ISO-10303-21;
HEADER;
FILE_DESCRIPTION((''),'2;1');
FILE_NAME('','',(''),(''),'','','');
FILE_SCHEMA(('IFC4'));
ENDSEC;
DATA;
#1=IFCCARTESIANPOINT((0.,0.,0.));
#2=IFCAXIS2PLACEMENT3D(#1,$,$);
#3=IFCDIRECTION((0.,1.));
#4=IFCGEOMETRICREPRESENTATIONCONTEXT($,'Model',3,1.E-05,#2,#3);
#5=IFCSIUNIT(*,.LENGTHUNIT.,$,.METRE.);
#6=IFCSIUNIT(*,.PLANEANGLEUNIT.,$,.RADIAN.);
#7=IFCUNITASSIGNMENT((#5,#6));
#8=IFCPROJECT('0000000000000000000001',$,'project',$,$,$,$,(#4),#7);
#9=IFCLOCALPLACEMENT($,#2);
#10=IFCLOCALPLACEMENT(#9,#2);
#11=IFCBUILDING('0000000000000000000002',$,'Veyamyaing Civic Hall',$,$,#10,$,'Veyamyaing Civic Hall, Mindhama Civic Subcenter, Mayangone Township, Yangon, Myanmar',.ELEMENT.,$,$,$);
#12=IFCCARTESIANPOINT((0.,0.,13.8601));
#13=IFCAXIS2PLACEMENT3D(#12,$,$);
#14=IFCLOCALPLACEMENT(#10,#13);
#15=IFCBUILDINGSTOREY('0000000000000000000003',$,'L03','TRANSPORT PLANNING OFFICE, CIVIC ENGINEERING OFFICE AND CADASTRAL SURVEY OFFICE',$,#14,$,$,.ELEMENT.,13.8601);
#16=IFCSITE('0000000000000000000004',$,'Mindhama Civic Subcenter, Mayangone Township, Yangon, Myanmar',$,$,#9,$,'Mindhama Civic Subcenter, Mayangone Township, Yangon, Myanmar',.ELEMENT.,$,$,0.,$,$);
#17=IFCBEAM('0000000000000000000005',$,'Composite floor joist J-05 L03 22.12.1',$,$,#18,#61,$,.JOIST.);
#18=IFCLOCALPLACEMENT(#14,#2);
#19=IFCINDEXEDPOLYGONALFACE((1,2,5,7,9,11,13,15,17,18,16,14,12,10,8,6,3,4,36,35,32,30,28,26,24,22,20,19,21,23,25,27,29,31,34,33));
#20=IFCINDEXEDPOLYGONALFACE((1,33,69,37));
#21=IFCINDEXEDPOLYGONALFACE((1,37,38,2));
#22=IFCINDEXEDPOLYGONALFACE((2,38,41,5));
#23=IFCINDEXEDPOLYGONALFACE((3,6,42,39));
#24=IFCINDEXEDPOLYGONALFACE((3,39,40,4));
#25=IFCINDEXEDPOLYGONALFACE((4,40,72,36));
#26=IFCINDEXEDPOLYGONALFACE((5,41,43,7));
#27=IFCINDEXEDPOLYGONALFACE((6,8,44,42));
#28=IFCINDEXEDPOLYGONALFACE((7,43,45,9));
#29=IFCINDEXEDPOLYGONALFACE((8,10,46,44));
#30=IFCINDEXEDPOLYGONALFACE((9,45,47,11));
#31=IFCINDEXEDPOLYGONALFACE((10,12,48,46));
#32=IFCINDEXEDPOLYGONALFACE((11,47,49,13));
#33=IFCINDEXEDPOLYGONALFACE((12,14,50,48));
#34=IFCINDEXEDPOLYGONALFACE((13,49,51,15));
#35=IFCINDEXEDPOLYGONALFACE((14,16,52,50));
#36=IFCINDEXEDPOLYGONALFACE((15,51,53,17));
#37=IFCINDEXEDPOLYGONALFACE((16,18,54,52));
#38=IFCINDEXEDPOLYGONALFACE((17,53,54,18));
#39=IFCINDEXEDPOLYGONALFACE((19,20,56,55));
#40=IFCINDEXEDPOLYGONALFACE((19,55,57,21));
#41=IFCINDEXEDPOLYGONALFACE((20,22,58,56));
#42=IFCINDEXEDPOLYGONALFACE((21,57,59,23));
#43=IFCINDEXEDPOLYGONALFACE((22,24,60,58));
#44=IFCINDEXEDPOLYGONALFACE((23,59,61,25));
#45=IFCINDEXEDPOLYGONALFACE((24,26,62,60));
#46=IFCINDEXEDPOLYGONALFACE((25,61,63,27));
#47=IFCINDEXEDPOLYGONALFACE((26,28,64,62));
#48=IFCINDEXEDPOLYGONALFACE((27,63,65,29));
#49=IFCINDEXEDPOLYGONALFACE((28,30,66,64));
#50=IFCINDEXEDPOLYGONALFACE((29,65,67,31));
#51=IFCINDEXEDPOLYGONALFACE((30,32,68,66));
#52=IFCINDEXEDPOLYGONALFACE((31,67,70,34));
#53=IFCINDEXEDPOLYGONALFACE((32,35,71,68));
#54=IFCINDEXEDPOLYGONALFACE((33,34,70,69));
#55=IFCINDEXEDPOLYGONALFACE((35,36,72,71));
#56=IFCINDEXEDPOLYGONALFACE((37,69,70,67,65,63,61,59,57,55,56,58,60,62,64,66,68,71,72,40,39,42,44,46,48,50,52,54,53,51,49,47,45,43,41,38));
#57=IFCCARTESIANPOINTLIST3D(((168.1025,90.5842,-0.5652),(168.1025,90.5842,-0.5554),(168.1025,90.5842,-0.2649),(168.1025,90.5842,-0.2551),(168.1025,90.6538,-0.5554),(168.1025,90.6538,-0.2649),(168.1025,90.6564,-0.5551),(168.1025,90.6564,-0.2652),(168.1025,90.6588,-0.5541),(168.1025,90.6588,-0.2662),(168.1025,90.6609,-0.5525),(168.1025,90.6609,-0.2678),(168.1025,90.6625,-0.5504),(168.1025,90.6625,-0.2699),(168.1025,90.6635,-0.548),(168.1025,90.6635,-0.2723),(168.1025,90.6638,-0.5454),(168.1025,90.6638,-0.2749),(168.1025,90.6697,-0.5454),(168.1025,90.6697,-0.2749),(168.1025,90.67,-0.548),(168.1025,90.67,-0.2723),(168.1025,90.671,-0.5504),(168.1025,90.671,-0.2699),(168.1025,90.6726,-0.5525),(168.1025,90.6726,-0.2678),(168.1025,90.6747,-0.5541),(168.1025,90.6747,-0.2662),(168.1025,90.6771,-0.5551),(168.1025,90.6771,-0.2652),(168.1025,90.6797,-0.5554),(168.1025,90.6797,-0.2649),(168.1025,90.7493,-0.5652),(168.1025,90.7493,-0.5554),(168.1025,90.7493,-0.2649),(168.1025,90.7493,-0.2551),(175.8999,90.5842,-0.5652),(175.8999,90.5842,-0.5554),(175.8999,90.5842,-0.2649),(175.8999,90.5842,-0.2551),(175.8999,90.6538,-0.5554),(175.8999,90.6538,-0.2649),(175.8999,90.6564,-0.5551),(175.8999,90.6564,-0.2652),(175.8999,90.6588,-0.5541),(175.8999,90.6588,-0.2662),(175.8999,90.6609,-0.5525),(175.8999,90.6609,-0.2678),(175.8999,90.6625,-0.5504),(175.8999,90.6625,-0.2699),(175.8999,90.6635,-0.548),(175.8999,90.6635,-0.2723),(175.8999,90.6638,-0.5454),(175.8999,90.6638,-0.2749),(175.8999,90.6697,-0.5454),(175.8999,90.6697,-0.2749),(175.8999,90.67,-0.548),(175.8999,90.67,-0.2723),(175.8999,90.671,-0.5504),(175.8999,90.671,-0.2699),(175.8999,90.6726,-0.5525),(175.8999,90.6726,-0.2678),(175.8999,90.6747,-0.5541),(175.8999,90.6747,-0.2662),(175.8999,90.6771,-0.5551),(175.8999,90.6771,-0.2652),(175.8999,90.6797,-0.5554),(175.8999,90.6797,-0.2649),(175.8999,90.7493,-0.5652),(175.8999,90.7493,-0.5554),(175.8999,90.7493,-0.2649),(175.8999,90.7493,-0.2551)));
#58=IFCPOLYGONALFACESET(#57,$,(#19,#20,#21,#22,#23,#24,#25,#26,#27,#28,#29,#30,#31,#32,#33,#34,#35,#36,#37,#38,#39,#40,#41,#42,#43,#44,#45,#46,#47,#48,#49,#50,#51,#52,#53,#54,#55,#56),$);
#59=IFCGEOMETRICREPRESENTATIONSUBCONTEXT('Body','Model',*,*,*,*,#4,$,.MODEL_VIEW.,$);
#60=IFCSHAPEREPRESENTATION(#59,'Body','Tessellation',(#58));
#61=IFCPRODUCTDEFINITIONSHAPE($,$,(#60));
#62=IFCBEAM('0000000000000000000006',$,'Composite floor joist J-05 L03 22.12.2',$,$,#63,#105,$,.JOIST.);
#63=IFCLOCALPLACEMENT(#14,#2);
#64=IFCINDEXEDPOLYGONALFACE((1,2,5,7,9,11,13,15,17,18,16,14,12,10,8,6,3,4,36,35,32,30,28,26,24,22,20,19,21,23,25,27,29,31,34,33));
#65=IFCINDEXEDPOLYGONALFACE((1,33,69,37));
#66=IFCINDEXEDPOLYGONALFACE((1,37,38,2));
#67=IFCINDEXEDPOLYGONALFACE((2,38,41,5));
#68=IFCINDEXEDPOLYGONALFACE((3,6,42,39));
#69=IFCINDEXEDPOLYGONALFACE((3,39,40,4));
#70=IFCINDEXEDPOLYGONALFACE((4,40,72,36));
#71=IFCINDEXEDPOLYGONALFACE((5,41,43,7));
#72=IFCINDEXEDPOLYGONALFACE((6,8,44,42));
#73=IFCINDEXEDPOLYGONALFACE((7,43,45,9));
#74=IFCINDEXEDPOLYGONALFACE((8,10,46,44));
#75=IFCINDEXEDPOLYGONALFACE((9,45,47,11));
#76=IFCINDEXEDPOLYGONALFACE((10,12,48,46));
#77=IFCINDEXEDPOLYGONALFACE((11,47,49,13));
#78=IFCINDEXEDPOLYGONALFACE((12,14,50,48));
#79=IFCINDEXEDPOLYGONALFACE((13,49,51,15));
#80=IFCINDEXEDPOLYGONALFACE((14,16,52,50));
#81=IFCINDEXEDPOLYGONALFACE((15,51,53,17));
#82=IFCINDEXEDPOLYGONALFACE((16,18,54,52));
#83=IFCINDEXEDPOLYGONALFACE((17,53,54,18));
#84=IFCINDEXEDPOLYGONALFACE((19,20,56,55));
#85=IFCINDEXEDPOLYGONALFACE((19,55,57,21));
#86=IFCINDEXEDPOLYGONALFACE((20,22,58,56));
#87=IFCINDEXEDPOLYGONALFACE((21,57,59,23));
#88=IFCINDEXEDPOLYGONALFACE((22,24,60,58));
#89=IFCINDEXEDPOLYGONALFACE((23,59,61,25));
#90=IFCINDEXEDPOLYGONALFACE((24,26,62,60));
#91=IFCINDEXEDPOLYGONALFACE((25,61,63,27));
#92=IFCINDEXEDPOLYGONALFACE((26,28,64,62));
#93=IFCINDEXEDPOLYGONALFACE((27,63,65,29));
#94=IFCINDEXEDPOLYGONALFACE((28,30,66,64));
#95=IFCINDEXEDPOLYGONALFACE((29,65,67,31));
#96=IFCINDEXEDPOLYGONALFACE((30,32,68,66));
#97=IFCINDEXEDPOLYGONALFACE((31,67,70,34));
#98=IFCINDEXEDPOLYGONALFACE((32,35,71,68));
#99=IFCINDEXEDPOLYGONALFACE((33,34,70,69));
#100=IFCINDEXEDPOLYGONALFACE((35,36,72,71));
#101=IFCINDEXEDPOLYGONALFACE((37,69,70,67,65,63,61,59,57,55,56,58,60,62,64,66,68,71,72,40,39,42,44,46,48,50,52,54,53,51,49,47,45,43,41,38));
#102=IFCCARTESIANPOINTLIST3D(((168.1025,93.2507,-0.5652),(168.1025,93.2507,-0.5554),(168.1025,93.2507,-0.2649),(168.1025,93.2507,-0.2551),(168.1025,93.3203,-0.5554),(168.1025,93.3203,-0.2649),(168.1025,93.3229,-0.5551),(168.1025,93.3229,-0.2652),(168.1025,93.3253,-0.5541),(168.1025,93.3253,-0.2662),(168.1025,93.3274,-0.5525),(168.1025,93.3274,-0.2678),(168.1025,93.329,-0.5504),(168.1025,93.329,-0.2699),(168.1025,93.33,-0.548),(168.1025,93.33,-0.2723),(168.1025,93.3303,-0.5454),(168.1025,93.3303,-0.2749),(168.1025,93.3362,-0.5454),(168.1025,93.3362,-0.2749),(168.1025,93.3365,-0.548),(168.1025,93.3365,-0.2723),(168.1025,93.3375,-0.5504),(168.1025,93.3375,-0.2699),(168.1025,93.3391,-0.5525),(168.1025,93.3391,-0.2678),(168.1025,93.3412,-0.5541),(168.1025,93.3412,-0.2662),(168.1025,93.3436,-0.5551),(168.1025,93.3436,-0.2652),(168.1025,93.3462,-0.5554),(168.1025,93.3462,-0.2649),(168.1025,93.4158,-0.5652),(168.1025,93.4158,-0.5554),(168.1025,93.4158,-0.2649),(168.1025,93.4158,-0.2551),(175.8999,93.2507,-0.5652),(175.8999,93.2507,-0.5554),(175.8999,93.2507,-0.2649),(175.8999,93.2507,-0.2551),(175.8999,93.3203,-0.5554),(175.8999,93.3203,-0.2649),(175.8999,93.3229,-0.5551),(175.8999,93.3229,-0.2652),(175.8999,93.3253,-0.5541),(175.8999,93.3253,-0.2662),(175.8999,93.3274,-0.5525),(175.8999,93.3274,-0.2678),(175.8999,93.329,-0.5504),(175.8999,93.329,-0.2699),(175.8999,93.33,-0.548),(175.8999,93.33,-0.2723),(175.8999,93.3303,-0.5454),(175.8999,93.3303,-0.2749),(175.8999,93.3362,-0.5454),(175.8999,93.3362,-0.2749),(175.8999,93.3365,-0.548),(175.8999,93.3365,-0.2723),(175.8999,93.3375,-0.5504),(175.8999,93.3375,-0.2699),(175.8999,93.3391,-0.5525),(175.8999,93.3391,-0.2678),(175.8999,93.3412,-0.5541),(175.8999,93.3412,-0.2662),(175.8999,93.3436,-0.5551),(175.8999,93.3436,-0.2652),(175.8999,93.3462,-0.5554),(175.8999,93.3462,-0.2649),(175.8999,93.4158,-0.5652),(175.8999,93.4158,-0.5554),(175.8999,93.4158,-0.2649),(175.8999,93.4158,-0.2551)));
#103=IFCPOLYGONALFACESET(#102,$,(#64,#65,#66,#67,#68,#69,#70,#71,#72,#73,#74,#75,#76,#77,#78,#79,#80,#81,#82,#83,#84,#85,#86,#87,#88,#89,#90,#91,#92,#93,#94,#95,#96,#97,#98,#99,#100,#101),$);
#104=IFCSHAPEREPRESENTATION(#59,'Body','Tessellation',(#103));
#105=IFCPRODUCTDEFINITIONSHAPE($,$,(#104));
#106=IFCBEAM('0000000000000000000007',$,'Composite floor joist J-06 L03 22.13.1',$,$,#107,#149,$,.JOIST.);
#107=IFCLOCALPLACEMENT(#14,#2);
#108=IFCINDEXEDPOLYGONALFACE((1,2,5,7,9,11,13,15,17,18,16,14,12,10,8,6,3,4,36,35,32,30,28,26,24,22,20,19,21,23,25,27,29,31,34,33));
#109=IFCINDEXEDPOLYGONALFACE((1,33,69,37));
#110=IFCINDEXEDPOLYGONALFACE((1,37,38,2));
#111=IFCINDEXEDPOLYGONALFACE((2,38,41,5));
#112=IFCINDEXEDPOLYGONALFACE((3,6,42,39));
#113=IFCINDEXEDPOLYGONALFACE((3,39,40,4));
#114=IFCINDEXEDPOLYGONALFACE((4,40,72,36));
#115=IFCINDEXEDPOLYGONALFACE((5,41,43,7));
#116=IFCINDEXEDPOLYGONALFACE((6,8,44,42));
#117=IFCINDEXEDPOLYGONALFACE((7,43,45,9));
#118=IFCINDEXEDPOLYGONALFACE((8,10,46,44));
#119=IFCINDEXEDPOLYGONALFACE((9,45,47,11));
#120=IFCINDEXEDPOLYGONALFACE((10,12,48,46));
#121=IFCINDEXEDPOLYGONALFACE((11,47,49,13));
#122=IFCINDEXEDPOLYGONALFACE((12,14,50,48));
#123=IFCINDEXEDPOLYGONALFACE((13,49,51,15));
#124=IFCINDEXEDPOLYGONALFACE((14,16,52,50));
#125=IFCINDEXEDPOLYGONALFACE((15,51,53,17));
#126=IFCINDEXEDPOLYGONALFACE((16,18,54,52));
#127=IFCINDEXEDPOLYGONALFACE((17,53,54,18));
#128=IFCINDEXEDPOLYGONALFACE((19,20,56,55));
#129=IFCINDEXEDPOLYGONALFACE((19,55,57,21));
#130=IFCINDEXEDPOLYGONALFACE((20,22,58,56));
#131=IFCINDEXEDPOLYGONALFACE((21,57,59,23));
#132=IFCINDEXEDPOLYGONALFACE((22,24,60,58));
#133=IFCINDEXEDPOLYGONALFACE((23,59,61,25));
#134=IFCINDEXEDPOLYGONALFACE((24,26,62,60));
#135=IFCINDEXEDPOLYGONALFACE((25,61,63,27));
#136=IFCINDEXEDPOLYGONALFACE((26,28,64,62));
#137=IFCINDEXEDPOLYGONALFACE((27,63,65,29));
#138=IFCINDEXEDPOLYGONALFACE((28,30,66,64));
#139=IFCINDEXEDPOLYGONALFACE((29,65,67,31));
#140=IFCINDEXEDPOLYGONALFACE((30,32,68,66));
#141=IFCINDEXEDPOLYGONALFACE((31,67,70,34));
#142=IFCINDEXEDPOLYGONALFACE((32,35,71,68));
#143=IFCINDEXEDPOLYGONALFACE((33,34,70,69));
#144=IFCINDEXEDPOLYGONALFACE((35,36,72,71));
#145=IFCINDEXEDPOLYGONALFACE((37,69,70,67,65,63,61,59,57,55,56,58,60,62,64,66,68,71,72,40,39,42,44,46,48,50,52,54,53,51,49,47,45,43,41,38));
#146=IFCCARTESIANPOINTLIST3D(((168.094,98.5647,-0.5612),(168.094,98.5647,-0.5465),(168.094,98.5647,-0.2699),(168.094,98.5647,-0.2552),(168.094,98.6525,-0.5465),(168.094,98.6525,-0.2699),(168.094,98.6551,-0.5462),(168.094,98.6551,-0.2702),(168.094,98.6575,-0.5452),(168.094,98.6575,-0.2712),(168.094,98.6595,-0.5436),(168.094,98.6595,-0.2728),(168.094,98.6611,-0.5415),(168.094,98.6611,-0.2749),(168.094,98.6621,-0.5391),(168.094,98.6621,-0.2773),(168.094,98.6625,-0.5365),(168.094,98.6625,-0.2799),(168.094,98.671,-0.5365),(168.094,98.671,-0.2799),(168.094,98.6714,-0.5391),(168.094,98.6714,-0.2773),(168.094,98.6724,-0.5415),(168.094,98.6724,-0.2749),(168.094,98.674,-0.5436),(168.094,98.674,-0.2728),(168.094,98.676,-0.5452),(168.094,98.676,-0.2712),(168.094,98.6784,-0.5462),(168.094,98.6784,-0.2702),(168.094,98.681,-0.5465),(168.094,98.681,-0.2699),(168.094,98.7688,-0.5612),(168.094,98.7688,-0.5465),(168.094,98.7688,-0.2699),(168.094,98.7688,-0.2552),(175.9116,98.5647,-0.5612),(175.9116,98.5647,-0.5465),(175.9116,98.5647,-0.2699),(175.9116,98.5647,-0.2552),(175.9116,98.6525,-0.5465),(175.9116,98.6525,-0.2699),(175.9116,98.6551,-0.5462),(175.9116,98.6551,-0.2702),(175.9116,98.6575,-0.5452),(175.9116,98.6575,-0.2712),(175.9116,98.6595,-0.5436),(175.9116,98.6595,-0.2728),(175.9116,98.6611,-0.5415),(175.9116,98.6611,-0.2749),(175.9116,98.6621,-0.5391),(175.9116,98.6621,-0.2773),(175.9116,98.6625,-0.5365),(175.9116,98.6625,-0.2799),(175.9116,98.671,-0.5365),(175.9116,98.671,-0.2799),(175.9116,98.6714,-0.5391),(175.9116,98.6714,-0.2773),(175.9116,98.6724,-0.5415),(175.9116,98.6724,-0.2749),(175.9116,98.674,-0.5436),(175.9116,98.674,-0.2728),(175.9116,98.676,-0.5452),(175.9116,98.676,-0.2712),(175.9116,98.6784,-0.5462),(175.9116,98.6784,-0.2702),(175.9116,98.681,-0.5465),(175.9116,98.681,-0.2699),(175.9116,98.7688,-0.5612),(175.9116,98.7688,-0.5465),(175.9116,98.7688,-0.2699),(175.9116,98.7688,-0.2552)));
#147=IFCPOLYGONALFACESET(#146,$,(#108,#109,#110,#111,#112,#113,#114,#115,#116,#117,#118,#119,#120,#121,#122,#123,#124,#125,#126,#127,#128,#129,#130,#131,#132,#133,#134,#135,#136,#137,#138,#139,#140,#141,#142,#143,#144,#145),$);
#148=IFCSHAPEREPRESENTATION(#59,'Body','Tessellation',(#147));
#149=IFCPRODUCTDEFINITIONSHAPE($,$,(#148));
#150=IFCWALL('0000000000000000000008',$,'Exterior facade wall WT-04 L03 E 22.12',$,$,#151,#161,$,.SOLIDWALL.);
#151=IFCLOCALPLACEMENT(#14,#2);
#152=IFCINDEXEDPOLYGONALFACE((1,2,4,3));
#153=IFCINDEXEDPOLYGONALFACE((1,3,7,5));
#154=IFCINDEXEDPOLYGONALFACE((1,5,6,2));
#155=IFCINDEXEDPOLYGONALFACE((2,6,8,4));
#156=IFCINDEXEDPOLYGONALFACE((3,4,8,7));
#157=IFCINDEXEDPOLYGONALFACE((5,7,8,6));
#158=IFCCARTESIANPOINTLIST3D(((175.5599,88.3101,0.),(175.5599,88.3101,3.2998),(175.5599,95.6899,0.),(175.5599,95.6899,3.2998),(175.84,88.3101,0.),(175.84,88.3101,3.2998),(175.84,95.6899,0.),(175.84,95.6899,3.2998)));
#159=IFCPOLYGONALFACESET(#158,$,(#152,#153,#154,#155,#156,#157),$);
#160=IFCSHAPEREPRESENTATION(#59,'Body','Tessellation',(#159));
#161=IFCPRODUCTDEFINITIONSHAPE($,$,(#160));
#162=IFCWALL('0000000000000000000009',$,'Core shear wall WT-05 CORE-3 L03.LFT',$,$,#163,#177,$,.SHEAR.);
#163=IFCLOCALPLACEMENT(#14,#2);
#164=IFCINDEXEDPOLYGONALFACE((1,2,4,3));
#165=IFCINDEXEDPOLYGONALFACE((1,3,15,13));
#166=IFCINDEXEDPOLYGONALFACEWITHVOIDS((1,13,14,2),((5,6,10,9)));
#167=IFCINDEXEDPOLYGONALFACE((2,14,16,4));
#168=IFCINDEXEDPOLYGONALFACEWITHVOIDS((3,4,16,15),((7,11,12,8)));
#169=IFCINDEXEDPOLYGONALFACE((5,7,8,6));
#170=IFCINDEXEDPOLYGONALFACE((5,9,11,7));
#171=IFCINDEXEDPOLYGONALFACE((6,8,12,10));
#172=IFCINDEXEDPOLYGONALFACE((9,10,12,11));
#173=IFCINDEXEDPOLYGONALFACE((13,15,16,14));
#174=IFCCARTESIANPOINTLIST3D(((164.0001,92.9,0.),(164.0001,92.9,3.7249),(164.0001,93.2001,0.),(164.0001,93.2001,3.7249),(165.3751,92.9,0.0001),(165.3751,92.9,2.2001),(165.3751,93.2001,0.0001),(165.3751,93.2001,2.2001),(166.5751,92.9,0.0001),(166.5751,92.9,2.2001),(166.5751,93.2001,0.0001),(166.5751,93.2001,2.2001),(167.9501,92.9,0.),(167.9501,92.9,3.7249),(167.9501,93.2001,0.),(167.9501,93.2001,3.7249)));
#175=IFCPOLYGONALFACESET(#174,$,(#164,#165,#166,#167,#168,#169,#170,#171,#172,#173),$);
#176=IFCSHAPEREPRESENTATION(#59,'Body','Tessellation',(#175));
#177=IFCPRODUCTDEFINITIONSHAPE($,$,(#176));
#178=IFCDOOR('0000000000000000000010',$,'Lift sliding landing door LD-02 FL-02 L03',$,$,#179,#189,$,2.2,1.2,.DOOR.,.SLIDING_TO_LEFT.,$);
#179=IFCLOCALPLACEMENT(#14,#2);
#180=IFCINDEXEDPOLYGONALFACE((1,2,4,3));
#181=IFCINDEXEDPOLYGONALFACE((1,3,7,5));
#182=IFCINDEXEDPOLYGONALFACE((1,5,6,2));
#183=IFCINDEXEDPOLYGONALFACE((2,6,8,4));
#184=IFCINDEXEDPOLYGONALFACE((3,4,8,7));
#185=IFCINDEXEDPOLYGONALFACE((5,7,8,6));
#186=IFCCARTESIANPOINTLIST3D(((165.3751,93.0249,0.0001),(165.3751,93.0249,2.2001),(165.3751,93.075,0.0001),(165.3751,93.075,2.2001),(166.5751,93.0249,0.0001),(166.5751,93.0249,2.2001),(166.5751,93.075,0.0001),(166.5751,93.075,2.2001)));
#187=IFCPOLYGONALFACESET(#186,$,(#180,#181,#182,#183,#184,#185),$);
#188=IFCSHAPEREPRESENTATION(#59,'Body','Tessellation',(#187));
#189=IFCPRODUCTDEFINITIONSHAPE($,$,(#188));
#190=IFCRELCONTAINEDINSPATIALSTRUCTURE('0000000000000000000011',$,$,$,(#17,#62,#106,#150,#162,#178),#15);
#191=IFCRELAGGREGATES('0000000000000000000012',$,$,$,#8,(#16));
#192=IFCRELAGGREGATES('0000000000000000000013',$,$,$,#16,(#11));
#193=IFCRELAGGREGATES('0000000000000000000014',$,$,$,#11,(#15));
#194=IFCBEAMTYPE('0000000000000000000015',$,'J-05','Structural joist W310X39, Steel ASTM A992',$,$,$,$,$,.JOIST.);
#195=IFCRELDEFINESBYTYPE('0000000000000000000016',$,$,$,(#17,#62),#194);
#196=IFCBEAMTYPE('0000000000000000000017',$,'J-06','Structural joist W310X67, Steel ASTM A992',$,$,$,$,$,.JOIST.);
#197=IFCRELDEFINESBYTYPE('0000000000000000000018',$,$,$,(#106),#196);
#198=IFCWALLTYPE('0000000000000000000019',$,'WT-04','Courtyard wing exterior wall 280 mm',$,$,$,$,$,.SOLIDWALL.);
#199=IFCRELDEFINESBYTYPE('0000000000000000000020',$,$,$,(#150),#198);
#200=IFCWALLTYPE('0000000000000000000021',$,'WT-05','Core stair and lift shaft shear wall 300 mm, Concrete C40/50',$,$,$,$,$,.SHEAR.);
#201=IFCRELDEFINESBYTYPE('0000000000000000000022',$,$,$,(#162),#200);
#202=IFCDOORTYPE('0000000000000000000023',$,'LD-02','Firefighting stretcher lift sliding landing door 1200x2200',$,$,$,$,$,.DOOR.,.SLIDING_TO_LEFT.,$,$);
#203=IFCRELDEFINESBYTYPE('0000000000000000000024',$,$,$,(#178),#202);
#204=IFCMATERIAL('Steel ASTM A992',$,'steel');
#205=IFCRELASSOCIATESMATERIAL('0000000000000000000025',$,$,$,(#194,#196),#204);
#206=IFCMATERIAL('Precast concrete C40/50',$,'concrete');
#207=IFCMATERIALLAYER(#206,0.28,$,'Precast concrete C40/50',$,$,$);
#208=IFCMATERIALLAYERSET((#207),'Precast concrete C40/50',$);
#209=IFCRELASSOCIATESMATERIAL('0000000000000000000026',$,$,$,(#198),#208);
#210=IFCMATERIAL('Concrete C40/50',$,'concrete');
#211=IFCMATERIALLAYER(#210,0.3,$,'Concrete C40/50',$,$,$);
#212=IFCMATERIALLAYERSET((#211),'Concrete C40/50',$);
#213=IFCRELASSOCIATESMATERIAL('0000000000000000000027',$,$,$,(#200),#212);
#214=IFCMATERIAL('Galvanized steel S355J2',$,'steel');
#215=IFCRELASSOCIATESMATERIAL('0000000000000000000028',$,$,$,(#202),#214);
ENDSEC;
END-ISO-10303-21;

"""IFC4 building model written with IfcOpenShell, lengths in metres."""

from ifc_helpers import new_model, si_unit, direction, frame, frame_2d, origin, origin_2d, place, context, subcontext, project, spatial, rectangle, i_section, extrude, material, layer, layer_set, material_profile, profile_set, type_object, element, fill, save


model = new_model("IFC4")

# Units and contexts
model_context = context("Model", 3, precision=1e-05, world=origin(), true_north=direction((0.0, 1.0)))
body_context = subcontext(model_context, "Body", "Model", "MODEL_VIEW")
ifc_project = project(units=[si_unit("LENGTHUNIT", "METRE"), si_unit("PLANEANGLEUNIT", "RADIAN")], contexts=[model_context])

# Site, building, storey
site_placement = place(None, origin())
site = spatial("IfcSite", under=ifc_project, at=site_placement, Name="Mindhama Civic Subcenter, Mayangone Township, Yangon, Myanmar", LongName="Mindhama Civic Subcenter, Mayangone Township, Yangon, Myanmar", CompositionType="ELEMENT", RefElevation=0.0)
building_placement = place(site_placement, origin())
building = spatial("IfcBuilding", under=site, at=building_placement, Name="Veyamyaing Civic Hall", LongName="Veyamyaing Civic Hall, Mindhama Civic Subcenter, Mayangone Township, Yangon, Myanmar", CompositionType="ELEMENT")
storey_placement = place(building_placement, frame((0.0, 0.0, 13.8601)))
storey = spatial("IfcBuildingStorey", under=building, at=storey_placement, Name="L03", Description="TRANSPORT PLANNING OFFICE, CIVIC ENGINEERING OFFICE AND CADASTRAL SURVEY OFFICE", CompositionType="ELEMENT", Elevation=13.8601)

# Shared definitions
ifc_material_1 = material(Name="Steel ASTM A992", Category="steel")

# Beams
ifc_material_profile_1 = material_profile(ifc_material_1, i_section(OverallWidth=0.165, OverallDepth=0.3101, WebThickness=0.0059, FlangeThickness=0.0098, FilletRadius=0.01, at=origin_2d()), Name="W310X39")
ifc_profile_set_1 = profile_set([ifc_material_profile_1], Name="Steel ASTM A992")
beam_type_1 = type_object("IfcBeamType", Name="J-05", Description="Structural joist W310X39, Steel ASTM A992", PredefinedType="JOIST", material=ifc_profile_set_1)
for number, where, z_axis, x_axis, name in (
    (1, (168.1025, 90.6667, -0.4102), (1.0, 0.0, 0.0), (0.0, 1.0, 0.0), "Composite floor joist J-05 L03 22.12.1"),
    (2, (168.1025, 93.3333, -0.4102), (1.0, 0.0, 0.0), (0.0, 1.0, 0.0), "Composite floor joist J-05 L03 22.12.2"),
):
    element("IfcBeam", number, at=place(storey_placement, frame(where, z_axis=z_axis, x_axis=x_axis)), inside=storey, type_object=beam_type_1, Name=name, PredefinedType="JOIST", context=body_context, shape_type="SweptSolid", body=[
        extrude(i_section(OverallWidth=0.165, OverallDepth=0.3101, WebThickness=0.0059, FlangeThickness=0.0098, FilletRadius=0.01, at=origin_2d()), origin(), (0.0, 0.0, 1.0), 7.7974),
    ])
ifc_material_profile_2 = material_profile(ifc_material_1, i_section(OverallWidth=0.2041, OverallDepth=0.3059, WebThickness=0.0085, FlangeThickness=0.0146, FilletRadius=0.01, at=origin_2d()), Name="W310X67")
ifc_profile_set_2 = profile_set([ifc_material_profile_2], Name="Steel ASTM A992")
beam_type_2 = type_object("IfcBeamType", Name="J-06", Description="Structural joist W310X67, Steel ASTM A992", PredefinedType="JOIST", material=ifc_profile_set_2)
beam_1_placement = place(storey_placement, frame((168.094, 98.6667, -0.4082), z_axis=(1.0, 0.0, 0.0), x_axis=(0.0, 1.0, 0.0)))
element("IfcBeam", 3, at=beam_1_placement, inside=storey, type_object=beam_type_2, Name="Composite floor joist J-06 L03 22.13.1", PredefinedType="JOIST", context=body_context, shape_type="SweptSolid", body=[
    extrude(i_section(OverallWidth=0.2041, OverallDepth=0.3059, WebThickness=0.0085, FlangeThickness=0.0146, FilletRadius=0.01, at=origin_2d()), origin(), (0.0, 0.0, 1.0), 7.8176),
])

# Wall
ifc_material_2 = material(Name="Precast concrete C40/50", Category="concrete")
ifc_layer_1 = layer(ifc_material_2, 0.28, Name="Precast concrete C40/50")
ifc_layer_set_1 = layer_set([ifc_layer_1], Name="Precast concrete C40/50")
wall_type_1 = type_object("IfcWallType", Name="WT-04", Description="Courtyard wing exterior wall 280 mm", PredefinedType="SOLIDWALL", material=ifc_layer_set_1)
wall_1_placement = place(storey_placement, frame((175.7, 88.3101, 0.0), z_axis=(0.0, 0.0, 1.0), x_axis=(0.0, 1.0, 0.0)))
element("IfcWall", 4, at=wall_1_placement, inside=storey, type_object=wall_type_1, Name="Exterior facade wall WT-04 L03 E 22.12", PredefinedType="SOLIDWALL", context=body_context, shape_type="SweptSolid", body=[
    extrude(rectangle(XDim=7.3799, YDim=0.28, at=frame_2d((3.6899, 0.0))), origin(), (0.0, 0.0, 1.0), 3.2998),
])

# Wall, opening, door
ifc_material_3 = material(Name="Concrete C40/50", Category="concrete")
ifc_layer_2 = layer(ifc_material_3, 0.3, Name="Concrete C40/50")
ifc_layer_set_2 = layer_set([ifc_layer_2], Name="Concrete C40/50")
wall_type_2 = type_object("IfcWallType", Name="WT-05", Description="Core stair and lift shaft shear wall 300 mm, Concrete C40/50", PredefinedType="SHEAR", material=ifc_layer_set_2)
ifc_material_4 = material(Name="Galvanized steel S355J2", Category="steel")
wall_2_placement = place(storey_placement, frame((164.0, 93.05, 0.0), z_axis=(0.0, 0.0, 1.0), x_axis=(1.0, 0.0, 0.0)))
wall_2 = element("IfcWall", 5, at=wall_2_placement, inside=storey, type_object=wall_type_2, Name="Core shear wall WT-05 CORE-3 L03.LFT", PredefinedType="SHEAR", context=body_context, shape_type="SweptSolid", body=[
    extrude(rectangle(XDim=3.95, YDim=0.3, at=frame_2d((1.9751, 0.0))), origin(), (0.0, 0.0, 1.0), 3.7249),
])
opening_1_placement = place(wall_2_placement, frame((1.375, 0.0, 0.0)))
opening_1 = element("IfcOpeningElement", 6, at=opening_1_placement, cuts=wall_2, PredefinedType="OPENING", context=body_context, shape_type="SweptSolid", body=[
    extrude(rectangle(XDim=1.2, YDim=2.2, at=frame_2d((0.6001, 1.1001))), frame((0.0, 0.1599, 0.0), z_axis=(0.0, -1.0, 0.0), x_axis=(1.0, 0.0, 0.0)), (0.0, 0.0, 1.0), 0.3201),
])
door_type_1 = type_object("IfcDoorType", Name="LD-02", Description="Firefighting stretcher lift sliding landing door 1200x2200", OperationType="SLIDING_TO_LEFT", PredefinedType="DOOR", material=ifc_material_4)
door_1_placement = place(opening_1_placement, origin())
door_1 = element("IfcDoor", 7, at=door_1_placement, inside=storey, type_object=door_type_1, Name="Lift sliding landing door LD-02 FL-02 L03", OperationType="SLIDING_TO_LEFT", OverallHeight=2.2, OverallWidth=1.2, PredefinedType="DOOR", context=body_context, shape_type="SweptSolid", body=[
    extrude(rectangle(XDim=1.2, YDim=2.2, at=frame_2d((0.6001, 1.1001))), frame((0.0, 0.0249, 0.0), z_axis=(0.0, -1.0, 0.0), x_axis=(1.0, 0.0, 0.0)), (0.0, 0.0, 1.0), 0.05),
])
fill(opening_1, door_1)

save(model, "model.ifc")
